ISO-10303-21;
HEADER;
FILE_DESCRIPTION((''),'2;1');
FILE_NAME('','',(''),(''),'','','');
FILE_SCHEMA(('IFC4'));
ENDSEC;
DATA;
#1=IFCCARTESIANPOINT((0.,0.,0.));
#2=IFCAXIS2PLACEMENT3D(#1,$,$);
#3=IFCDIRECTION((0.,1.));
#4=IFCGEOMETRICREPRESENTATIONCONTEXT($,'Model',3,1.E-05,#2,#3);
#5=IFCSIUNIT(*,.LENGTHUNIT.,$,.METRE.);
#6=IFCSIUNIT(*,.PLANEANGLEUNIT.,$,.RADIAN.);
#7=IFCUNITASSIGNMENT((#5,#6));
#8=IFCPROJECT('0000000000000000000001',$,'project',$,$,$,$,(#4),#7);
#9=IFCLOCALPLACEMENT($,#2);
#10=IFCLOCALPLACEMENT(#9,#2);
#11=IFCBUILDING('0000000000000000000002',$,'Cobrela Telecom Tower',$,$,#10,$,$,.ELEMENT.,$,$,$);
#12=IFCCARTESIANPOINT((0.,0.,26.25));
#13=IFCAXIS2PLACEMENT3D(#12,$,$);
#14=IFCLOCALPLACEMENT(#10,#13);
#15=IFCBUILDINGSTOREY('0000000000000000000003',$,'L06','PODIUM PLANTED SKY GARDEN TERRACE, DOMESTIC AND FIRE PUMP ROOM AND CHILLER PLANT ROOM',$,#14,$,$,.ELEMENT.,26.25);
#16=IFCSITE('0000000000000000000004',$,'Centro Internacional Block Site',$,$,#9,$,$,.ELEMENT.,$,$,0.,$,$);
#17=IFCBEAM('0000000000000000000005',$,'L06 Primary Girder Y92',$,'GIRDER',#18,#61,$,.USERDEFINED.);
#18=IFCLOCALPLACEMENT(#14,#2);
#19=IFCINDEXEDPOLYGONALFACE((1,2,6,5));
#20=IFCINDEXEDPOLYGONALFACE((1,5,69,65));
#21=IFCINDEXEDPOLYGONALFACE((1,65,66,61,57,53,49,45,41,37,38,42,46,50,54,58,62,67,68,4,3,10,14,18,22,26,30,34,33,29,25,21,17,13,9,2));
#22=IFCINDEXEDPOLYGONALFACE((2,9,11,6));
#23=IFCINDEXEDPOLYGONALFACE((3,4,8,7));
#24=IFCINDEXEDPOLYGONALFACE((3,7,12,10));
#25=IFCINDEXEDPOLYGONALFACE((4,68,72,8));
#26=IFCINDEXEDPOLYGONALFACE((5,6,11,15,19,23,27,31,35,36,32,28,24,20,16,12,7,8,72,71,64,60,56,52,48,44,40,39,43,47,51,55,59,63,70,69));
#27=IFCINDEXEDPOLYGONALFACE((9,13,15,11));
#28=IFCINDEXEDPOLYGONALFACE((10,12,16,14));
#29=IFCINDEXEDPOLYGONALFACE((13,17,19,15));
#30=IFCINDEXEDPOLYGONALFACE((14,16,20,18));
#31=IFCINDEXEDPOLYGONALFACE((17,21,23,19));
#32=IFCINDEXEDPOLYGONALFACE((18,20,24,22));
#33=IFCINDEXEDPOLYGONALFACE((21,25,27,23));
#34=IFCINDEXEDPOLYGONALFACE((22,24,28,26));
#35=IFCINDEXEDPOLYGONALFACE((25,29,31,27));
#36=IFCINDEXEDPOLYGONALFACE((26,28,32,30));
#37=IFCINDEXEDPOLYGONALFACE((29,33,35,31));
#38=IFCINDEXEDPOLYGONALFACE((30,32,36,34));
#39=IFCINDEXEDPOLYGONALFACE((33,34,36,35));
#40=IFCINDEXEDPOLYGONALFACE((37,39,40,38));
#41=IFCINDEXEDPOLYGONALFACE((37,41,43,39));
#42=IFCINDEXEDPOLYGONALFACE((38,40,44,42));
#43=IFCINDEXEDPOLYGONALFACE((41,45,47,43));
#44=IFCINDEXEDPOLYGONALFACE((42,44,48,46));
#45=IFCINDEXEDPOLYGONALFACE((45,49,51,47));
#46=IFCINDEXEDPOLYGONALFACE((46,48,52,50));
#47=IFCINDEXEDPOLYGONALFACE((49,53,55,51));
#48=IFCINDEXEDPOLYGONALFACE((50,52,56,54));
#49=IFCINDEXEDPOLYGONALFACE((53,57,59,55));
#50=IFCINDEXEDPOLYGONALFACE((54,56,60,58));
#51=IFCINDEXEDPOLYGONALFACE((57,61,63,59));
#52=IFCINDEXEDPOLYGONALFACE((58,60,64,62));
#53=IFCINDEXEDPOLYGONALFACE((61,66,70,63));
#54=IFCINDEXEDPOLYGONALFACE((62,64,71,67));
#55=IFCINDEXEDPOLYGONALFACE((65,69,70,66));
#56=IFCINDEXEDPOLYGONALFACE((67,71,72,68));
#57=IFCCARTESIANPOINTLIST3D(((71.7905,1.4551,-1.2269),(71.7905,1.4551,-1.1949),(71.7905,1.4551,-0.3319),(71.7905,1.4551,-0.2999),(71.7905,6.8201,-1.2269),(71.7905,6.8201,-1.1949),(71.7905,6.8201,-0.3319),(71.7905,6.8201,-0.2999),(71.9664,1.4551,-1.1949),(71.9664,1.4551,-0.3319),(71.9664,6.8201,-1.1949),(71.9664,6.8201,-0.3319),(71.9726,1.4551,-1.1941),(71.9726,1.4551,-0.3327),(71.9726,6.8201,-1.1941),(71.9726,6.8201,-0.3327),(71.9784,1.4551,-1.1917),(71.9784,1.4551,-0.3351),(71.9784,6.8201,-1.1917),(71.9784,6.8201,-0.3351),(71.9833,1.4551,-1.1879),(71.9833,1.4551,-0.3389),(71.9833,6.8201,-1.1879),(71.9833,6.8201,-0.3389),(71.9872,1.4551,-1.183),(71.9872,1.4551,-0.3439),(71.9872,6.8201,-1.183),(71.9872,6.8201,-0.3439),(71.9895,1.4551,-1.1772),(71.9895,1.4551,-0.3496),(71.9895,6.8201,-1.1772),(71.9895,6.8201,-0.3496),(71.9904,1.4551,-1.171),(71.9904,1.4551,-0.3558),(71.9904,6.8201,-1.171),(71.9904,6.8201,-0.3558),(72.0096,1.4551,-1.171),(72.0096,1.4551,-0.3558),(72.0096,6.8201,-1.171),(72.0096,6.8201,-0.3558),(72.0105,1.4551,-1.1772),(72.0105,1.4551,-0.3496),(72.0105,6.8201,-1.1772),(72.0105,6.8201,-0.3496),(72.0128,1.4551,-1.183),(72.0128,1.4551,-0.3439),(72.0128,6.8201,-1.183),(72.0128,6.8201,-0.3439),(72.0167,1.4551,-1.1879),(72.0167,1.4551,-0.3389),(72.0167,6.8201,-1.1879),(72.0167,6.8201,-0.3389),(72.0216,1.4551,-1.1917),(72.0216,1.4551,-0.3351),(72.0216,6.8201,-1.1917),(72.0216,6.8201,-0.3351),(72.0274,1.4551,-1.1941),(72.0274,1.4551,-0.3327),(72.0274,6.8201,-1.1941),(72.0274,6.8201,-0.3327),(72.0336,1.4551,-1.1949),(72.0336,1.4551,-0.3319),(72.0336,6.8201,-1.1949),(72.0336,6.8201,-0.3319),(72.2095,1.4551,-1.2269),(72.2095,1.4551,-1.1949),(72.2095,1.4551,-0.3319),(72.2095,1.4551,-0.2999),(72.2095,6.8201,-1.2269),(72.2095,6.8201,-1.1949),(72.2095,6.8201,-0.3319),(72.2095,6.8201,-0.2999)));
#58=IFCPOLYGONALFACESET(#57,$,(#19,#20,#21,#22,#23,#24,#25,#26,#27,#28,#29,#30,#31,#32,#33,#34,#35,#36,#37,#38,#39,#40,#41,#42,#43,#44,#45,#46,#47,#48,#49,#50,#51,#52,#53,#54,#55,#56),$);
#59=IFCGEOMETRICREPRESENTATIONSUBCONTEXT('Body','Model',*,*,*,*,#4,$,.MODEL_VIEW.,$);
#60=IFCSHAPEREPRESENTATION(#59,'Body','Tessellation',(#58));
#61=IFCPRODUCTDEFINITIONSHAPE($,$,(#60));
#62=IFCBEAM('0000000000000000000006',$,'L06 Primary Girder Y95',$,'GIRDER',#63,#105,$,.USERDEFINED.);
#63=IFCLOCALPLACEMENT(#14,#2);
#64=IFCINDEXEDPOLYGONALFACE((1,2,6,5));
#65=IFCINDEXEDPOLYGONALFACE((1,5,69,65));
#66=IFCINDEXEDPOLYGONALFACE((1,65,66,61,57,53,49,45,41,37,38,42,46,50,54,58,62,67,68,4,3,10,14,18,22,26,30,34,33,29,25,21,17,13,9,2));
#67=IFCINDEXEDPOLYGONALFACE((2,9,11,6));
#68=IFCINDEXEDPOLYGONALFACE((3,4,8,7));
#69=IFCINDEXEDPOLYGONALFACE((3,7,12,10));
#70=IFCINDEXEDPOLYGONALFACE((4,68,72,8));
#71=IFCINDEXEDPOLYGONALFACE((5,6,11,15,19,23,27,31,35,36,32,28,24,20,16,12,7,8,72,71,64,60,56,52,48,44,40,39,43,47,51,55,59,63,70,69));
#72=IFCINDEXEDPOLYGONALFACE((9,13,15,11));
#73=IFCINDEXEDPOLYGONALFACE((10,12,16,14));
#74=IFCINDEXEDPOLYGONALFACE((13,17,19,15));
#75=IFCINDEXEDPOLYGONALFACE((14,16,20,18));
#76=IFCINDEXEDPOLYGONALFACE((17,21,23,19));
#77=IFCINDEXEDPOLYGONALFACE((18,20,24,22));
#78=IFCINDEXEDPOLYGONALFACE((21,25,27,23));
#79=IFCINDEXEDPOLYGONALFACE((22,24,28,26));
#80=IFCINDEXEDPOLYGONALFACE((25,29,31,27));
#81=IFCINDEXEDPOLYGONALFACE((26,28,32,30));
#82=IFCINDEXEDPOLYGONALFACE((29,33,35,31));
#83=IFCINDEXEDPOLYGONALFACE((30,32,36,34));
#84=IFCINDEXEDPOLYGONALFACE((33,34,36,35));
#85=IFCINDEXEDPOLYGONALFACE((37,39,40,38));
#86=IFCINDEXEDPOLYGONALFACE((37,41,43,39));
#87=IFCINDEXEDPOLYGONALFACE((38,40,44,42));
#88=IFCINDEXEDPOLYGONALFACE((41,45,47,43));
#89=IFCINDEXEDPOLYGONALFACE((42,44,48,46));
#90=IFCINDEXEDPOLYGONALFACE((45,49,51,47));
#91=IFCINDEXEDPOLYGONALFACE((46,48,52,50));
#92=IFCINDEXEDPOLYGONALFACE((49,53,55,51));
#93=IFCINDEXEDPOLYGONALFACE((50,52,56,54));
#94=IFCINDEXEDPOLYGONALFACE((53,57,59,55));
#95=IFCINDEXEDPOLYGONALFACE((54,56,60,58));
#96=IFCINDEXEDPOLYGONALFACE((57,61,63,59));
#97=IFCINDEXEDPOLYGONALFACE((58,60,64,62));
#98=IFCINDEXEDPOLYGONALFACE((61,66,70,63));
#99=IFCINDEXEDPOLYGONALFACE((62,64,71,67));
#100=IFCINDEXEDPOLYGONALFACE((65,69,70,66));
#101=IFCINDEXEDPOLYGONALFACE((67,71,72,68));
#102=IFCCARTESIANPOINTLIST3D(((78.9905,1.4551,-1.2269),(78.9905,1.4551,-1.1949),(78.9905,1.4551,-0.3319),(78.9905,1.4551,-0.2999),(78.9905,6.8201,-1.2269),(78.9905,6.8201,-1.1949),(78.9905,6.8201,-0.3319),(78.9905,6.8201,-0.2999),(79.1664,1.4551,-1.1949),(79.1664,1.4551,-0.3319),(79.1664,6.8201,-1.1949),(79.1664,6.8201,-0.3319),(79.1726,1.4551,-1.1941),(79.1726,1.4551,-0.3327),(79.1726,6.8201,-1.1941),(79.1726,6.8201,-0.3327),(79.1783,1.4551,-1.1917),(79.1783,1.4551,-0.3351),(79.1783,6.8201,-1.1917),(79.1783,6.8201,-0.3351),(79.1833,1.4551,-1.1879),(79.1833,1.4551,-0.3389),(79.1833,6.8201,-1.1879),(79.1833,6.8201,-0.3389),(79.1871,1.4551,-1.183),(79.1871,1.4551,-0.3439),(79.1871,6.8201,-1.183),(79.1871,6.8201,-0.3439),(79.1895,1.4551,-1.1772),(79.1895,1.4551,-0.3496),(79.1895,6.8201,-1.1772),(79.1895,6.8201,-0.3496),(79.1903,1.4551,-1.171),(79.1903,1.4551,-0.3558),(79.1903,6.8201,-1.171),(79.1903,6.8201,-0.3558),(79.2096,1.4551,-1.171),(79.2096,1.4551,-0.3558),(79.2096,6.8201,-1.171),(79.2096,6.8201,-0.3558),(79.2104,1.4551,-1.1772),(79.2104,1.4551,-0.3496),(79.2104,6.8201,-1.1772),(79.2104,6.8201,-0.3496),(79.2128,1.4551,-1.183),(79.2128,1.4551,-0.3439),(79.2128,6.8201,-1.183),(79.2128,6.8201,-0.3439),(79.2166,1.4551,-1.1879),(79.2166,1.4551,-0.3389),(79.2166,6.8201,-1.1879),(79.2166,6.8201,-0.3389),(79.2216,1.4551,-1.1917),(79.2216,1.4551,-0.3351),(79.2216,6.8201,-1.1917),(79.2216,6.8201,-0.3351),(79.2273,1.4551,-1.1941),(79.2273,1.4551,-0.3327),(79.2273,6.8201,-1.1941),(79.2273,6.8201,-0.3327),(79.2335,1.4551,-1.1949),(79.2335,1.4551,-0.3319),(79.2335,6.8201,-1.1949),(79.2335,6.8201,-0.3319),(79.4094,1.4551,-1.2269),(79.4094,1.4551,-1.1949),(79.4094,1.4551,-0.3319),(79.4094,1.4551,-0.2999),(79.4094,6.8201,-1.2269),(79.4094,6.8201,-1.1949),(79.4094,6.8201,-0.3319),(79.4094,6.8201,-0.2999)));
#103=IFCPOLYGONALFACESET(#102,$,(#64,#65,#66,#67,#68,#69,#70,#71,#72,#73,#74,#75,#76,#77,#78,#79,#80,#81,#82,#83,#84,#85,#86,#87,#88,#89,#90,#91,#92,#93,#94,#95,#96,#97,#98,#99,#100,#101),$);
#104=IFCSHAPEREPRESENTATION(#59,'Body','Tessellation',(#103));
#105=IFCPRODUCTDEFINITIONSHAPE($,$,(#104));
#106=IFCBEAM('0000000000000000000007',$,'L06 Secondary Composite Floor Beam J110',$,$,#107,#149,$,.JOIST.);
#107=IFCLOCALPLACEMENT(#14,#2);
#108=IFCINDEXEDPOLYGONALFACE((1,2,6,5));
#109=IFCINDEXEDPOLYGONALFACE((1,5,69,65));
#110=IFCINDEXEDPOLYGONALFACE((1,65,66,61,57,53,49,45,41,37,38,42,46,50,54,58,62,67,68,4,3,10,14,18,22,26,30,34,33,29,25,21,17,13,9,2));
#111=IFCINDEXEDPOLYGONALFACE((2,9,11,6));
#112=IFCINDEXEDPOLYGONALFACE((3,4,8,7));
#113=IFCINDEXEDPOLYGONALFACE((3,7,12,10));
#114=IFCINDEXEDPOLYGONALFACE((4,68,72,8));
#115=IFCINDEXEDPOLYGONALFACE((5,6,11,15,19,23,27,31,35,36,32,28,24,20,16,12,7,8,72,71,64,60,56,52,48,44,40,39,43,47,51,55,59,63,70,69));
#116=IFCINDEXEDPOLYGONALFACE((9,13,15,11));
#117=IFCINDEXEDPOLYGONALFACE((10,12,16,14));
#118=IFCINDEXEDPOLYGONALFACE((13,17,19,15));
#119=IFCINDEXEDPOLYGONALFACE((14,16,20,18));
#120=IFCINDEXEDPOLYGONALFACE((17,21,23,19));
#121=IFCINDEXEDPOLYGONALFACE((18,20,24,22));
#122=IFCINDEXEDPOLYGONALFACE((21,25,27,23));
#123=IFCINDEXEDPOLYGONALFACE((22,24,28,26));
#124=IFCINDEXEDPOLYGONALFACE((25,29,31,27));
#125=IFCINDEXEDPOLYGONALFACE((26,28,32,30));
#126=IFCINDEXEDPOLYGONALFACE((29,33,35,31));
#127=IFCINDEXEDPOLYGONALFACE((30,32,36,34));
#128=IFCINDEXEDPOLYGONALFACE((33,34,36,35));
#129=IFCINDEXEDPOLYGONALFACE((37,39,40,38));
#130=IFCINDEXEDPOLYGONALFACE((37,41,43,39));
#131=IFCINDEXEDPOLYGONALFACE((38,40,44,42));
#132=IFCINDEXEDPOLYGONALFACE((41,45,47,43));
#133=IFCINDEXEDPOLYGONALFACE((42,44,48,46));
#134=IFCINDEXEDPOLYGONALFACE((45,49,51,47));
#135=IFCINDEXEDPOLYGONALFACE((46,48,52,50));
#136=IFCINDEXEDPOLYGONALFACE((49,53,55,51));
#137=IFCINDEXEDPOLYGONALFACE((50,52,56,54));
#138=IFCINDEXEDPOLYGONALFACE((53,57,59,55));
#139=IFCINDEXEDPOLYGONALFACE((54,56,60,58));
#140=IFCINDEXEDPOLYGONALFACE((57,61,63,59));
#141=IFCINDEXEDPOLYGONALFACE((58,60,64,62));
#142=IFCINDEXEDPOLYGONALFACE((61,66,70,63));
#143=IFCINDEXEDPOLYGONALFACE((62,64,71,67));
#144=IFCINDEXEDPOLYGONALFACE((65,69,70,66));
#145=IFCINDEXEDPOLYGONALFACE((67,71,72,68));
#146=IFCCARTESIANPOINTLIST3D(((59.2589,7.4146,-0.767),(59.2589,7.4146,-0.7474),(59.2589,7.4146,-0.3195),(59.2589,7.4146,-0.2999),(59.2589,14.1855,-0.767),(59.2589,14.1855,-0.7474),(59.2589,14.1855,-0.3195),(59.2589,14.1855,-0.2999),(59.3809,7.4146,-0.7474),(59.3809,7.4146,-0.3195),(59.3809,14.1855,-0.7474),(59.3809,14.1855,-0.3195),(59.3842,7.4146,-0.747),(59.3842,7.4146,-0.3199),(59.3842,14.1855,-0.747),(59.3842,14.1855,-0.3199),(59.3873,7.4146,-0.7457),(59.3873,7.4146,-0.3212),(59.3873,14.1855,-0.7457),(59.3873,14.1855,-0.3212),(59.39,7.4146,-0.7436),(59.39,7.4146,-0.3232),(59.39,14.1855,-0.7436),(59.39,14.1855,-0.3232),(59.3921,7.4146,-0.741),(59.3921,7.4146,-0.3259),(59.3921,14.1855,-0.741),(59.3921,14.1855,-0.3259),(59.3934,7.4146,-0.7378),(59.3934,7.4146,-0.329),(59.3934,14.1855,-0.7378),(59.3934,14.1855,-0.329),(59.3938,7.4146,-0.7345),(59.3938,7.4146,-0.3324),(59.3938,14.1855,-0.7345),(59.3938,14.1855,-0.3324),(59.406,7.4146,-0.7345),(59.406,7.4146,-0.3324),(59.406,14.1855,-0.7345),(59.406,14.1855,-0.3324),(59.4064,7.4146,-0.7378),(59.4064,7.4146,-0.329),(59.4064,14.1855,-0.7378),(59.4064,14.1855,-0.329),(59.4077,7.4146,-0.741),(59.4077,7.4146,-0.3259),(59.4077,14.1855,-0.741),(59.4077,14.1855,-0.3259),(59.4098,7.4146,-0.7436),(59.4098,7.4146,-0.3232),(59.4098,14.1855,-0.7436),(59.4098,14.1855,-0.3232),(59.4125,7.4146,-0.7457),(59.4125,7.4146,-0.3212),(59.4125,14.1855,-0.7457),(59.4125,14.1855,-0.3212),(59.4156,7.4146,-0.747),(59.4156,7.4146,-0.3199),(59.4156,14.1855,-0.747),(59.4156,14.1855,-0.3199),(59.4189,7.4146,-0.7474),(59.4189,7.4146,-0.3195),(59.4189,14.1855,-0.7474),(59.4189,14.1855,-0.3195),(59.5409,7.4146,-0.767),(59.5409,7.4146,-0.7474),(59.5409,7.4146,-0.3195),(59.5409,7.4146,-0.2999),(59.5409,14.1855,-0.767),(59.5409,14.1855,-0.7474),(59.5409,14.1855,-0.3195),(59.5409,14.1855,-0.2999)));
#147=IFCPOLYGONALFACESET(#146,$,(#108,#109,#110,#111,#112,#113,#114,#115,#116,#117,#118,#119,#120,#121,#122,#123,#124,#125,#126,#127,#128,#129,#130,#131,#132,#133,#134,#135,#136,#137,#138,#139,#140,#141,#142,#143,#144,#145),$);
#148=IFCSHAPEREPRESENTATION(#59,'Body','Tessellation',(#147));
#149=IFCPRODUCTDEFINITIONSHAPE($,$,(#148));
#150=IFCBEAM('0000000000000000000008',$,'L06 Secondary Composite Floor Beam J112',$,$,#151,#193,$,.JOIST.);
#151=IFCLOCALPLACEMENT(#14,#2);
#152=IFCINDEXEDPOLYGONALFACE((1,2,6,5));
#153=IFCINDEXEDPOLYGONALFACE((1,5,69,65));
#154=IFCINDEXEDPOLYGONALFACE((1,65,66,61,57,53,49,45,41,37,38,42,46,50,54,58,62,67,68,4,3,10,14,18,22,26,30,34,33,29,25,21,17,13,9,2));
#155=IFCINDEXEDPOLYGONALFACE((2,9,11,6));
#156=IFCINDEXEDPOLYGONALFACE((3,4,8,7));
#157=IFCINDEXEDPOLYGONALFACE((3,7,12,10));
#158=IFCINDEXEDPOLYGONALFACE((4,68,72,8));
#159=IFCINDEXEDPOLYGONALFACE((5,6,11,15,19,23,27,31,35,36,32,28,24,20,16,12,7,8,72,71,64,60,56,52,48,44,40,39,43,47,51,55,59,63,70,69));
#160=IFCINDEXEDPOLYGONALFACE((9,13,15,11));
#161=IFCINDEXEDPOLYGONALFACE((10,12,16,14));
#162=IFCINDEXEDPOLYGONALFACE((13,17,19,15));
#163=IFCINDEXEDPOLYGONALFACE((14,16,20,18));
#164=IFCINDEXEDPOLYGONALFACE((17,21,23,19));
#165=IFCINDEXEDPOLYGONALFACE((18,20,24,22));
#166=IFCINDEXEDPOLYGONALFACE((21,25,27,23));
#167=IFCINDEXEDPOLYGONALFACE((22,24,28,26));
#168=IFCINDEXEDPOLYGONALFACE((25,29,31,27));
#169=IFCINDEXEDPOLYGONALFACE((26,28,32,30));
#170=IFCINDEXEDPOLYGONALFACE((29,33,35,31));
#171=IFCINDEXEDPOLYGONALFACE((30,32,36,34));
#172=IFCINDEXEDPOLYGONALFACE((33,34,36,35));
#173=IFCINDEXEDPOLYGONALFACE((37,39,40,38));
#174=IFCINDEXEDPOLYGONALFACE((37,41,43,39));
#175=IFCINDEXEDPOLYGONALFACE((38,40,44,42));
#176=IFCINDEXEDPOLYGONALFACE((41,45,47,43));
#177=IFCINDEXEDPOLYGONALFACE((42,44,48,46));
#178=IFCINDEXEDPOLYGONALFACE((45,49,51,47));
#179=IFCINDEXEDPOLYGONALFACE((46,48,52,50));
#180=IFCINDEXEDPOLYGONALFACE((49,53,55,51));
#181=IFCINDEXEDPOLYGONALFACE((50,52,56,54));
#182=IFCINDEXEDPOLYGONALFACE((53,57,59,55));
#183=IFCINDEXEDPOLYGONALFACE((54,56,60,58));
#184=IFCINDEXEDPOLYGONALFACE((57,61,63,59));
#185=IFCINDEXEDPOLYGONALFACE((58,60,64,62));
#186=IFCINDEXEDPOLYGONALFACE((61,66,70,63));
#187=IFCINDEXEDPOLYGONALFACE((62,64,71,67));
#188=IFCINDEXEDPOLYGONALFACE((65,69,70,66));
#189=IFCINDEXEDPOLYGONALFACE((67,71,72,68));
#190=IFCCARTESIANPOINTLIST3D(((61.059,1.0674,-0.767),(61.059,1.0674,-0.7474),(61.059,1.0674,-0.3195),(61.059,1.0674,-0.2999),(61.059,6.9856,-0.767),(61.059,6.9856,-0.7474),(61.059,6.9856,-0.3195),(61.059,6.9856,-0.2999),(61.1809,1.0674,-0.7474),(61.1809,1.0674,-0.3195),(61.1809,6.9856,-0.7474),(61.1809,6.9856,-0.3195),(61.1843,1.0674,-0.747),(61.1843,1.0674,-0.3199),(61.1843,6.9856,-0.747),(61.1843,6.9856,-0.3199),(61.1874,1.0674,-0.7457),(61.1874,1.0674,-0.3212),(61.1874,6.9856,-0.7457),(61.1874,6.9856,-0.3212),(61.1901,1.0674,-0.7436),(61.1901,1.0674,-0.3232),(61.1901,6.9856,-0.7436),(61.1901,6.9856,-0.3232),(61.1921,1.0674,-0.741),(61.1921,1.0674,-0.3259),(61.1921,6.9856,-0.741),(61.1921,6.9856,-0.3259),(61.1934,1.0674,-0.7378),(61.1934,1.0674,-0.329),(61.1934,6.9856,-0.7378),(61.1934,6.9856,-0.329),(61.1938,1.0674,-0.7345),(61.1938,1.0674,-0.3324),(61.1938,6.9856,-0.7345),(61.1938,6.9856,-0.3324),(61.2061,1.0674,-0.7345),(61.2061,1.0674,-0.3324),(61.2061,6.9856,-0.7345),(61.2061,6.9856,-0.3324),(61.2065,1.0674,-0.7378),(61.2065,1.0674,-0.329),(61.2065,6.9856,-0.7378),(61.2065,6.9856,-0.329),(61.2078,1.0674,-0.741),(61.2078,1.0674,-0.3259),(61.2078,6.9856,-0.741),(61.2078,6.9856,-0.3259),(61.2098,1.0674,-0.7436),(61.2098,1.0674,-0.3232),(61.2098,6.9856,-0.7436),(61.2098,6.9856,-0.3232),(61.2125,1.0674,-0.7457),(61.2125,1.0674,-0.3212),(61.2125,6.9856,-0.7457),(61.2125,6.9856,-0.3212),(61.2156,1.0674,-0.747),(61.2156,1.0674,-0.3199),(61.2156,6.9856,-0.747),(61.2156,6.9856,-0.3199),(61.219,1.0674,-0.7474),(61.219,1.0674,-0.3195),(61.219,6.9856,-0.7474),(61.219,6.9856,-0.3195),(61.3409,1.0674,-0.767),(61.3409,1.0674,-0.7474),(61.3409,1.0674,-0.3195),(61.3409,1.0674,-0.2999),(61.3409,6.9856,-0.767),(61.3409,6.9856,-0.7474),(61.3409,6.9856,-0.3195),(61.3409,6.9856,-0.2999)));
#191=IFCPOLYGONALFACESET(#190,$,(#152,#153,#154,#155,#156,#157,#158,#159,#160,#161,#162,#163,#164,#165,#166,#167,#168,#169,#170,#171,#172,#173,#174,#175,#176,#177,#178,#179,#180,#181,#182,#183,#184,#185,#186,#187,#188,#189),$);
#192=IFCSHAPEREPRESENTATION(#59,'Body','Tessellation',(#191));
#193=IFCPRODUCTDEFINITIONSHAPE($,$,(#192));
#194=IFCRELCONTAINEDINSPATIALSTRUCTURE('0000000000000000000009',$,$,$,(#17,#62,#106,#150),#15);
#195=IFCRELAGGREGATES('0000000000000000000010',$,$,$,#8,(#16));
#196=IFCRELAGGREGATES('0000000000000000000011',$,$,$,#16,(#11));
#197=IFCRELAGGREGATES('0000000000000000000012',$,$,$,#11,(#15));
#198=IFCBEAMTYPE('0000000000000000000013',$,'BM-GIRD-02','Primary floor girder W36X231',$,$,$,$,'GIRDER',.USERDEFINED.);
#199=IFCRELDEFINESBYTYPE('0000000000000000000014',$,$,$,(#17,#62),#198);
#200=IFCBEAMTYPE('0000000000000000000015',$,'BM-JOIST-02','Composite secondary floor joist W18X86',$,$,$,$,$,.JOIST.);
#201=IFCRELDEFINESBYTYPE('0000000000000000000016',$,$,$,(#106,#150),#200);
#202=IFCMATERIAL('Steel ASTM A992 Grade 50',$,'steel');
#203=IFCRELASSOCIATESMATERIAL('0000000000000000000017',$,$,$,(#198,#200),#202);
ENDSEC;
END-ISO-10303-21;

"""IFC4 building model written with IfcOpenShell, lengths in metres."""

from ifc_helpers import new_model, si_unit, direction, frame, origin, origin_2d, place, context, subcontext, project, spatial, i_section, extrude, material, material_profile, profile_set, type_object, element, save


model = new_model("IFC4")

# Units and contexts
model_context = context("Model", 3, precision=1e-05, world=origin(), true_north=direction((0.0, 1.0)))
body_context = subcontext(model_context, "Body", "Model", "MODEL_VIEW")
ifc_project = project(units=[si_unit("LENGTHUNIT", "METRE"), si_unit("PLANEANGLEUNIT", "RADIAN")], contexts=[model_context])

# Site, building, storey
site_placement = place(None, origin())
site = spatial("IfcSite", under=ifc_project, at=site_placement, Name="Centro Internacional Block Site", CompositionType="ELEMENT", RefElevation=0.0)
building_placement = place(site_placement, origin())
building = spatial("IfcBuilding", under=site, at=building_placement, Name="Cobrela Telecom Tower", CompositionType="ELEMENT")
storey_placement = place(building_placement, frame((0.0, 0.0, 26.25)))
storey = spatial("IfcBuildingStorey", under=building, at=storey_placement, Name="L06", Description="PODIUM PLANTED SKY GARDEN TERRACE, DOMESTIC AND FIRE PUMP ROOM AND CHILLER PLANT ROOM", CompositionType="ELEMENT", Elevation=26.25)

# Beams
ifc_material_1 = material(Name="Steel ASTM A992 Grade 50", Category="steel")
ifc_material_profile_1 = material_profile(ifc_material_1, i_section(OverallWidth=0.4189, OverallDepth=0.927, WebThickness=0.0193, FlangeThickness=0.032, FilletRadius=0.0239, at=origin_2d()), Name="W36X231")
ifc_profile_set_1 = profile_set([ifc_material_profile_1], Name="Steel ASTM A992 Grade 50")
beam_type_1 = type_object("IfcBeamType", Name="BM-GIRD-02", Description="Primary floor girder W36X231", ElementType="GIRDER", PredefinedType="USERDEFINED", material=ifc_profile_set_1)
for number, where, z_axis, x_axis, name in (
    (1, (72.0, 1.4551, -0.7634), (0.0, 1.0, 0.0), (-1.0, 0.0, 0.0), "L06 Primary Girder Y92"),
    (2, (79.2, 1.4551, -0.7634), (0.0, 1.0, 0.0), (-1.0, 0.0, 0.0), "L06 Primary Girder Y95"),
):
    element("IfcBeam", number, at=place(storey_placement, frame(where, z_axis=z_axis, x_axis=x_axis)), inside=storey, type_object=beam_type_1, Name=name, ObjectType="GIRDER", PredefinedType="USERDEFINED", context=body_context, shape_type="SweptSolid", body=[
        extrude(i_section(OverallWidth=0.4189, OverallDepth=0.927, WebThickness=0.0193, FlangeThickness=0.032, FilletRadius=0.0239, at=origin_2d()), origin(), (0.0, 0.0, 1.0), 5.365),
    ])
ifc_material_profile_2 = material_profile(ifc_material_1, i_section(OverallWidth=0.282, OverallDepth=0.467, WebThickness=0.0122, FlangeThickness=0.0195, FilletRadius=0.0129, at=origin_2d()), Name="W18X86")
ifc_profile_set_2 = profile_set([ifc_material_profile_2], Name="Steel ASTM A992 Grade 50")
beam_type_2 = type_object("IfcBeamType", Name="BM-JOIST-02", Description="Composite secondary floor joist W18X86", PredefinedType="JOIST", material=ifc_profile_set_2)
beam_1_placement = place(storey_placement, frame((59.3999, 7.4146, -0.5334), z_axis=(0.0, 1.0, 0.0), x_axis=(-1.0, 0.0, 0.0)))
element("IfcBeam", 3, at=beam_1_placement, inside=storey, type_object=beam_type_2, Name="L06 Secondary Composite Floor Beam J110", PredefinedType="JOIST", context=body_context, shape_type="SweptSolid", body=[
    extrude(i_section(OverallWidth=0.282, OverallDepth=0.467, WebThickness=0.0122, FlangeThickness=0.0195, FilletRadius=0.0129, at=origin_2d()), origin(), (0.0, 0.0, 1.0), 6.771),
])
beam_2_placement = place(storey_placement, frame((61.2, 1.0674, -0.5334), z_axis=(0.0, 1.0, 0.0), x_axis=(-1.0, 0.0, 0.0)))
element("IfcBeam", 4, at=beam_2_placement, inside=storey, type_object=beam_type_2, Name="L06 Secondary Composite Floor Beam J112", PredefinedType="JOIST", context=body_context, shape_type="SweptSolid", body=[
    extrude(i_section(OverallWidth=0.282, OverallDepth=0.467, WebThickness=0.0122, FlangeThickness=0.0195, FilletRadius=0.0129, at=origin_2d()), origin(), (0.0, 0.0, 1.0), 5.9182),
])

save(model, "model.ifc")
